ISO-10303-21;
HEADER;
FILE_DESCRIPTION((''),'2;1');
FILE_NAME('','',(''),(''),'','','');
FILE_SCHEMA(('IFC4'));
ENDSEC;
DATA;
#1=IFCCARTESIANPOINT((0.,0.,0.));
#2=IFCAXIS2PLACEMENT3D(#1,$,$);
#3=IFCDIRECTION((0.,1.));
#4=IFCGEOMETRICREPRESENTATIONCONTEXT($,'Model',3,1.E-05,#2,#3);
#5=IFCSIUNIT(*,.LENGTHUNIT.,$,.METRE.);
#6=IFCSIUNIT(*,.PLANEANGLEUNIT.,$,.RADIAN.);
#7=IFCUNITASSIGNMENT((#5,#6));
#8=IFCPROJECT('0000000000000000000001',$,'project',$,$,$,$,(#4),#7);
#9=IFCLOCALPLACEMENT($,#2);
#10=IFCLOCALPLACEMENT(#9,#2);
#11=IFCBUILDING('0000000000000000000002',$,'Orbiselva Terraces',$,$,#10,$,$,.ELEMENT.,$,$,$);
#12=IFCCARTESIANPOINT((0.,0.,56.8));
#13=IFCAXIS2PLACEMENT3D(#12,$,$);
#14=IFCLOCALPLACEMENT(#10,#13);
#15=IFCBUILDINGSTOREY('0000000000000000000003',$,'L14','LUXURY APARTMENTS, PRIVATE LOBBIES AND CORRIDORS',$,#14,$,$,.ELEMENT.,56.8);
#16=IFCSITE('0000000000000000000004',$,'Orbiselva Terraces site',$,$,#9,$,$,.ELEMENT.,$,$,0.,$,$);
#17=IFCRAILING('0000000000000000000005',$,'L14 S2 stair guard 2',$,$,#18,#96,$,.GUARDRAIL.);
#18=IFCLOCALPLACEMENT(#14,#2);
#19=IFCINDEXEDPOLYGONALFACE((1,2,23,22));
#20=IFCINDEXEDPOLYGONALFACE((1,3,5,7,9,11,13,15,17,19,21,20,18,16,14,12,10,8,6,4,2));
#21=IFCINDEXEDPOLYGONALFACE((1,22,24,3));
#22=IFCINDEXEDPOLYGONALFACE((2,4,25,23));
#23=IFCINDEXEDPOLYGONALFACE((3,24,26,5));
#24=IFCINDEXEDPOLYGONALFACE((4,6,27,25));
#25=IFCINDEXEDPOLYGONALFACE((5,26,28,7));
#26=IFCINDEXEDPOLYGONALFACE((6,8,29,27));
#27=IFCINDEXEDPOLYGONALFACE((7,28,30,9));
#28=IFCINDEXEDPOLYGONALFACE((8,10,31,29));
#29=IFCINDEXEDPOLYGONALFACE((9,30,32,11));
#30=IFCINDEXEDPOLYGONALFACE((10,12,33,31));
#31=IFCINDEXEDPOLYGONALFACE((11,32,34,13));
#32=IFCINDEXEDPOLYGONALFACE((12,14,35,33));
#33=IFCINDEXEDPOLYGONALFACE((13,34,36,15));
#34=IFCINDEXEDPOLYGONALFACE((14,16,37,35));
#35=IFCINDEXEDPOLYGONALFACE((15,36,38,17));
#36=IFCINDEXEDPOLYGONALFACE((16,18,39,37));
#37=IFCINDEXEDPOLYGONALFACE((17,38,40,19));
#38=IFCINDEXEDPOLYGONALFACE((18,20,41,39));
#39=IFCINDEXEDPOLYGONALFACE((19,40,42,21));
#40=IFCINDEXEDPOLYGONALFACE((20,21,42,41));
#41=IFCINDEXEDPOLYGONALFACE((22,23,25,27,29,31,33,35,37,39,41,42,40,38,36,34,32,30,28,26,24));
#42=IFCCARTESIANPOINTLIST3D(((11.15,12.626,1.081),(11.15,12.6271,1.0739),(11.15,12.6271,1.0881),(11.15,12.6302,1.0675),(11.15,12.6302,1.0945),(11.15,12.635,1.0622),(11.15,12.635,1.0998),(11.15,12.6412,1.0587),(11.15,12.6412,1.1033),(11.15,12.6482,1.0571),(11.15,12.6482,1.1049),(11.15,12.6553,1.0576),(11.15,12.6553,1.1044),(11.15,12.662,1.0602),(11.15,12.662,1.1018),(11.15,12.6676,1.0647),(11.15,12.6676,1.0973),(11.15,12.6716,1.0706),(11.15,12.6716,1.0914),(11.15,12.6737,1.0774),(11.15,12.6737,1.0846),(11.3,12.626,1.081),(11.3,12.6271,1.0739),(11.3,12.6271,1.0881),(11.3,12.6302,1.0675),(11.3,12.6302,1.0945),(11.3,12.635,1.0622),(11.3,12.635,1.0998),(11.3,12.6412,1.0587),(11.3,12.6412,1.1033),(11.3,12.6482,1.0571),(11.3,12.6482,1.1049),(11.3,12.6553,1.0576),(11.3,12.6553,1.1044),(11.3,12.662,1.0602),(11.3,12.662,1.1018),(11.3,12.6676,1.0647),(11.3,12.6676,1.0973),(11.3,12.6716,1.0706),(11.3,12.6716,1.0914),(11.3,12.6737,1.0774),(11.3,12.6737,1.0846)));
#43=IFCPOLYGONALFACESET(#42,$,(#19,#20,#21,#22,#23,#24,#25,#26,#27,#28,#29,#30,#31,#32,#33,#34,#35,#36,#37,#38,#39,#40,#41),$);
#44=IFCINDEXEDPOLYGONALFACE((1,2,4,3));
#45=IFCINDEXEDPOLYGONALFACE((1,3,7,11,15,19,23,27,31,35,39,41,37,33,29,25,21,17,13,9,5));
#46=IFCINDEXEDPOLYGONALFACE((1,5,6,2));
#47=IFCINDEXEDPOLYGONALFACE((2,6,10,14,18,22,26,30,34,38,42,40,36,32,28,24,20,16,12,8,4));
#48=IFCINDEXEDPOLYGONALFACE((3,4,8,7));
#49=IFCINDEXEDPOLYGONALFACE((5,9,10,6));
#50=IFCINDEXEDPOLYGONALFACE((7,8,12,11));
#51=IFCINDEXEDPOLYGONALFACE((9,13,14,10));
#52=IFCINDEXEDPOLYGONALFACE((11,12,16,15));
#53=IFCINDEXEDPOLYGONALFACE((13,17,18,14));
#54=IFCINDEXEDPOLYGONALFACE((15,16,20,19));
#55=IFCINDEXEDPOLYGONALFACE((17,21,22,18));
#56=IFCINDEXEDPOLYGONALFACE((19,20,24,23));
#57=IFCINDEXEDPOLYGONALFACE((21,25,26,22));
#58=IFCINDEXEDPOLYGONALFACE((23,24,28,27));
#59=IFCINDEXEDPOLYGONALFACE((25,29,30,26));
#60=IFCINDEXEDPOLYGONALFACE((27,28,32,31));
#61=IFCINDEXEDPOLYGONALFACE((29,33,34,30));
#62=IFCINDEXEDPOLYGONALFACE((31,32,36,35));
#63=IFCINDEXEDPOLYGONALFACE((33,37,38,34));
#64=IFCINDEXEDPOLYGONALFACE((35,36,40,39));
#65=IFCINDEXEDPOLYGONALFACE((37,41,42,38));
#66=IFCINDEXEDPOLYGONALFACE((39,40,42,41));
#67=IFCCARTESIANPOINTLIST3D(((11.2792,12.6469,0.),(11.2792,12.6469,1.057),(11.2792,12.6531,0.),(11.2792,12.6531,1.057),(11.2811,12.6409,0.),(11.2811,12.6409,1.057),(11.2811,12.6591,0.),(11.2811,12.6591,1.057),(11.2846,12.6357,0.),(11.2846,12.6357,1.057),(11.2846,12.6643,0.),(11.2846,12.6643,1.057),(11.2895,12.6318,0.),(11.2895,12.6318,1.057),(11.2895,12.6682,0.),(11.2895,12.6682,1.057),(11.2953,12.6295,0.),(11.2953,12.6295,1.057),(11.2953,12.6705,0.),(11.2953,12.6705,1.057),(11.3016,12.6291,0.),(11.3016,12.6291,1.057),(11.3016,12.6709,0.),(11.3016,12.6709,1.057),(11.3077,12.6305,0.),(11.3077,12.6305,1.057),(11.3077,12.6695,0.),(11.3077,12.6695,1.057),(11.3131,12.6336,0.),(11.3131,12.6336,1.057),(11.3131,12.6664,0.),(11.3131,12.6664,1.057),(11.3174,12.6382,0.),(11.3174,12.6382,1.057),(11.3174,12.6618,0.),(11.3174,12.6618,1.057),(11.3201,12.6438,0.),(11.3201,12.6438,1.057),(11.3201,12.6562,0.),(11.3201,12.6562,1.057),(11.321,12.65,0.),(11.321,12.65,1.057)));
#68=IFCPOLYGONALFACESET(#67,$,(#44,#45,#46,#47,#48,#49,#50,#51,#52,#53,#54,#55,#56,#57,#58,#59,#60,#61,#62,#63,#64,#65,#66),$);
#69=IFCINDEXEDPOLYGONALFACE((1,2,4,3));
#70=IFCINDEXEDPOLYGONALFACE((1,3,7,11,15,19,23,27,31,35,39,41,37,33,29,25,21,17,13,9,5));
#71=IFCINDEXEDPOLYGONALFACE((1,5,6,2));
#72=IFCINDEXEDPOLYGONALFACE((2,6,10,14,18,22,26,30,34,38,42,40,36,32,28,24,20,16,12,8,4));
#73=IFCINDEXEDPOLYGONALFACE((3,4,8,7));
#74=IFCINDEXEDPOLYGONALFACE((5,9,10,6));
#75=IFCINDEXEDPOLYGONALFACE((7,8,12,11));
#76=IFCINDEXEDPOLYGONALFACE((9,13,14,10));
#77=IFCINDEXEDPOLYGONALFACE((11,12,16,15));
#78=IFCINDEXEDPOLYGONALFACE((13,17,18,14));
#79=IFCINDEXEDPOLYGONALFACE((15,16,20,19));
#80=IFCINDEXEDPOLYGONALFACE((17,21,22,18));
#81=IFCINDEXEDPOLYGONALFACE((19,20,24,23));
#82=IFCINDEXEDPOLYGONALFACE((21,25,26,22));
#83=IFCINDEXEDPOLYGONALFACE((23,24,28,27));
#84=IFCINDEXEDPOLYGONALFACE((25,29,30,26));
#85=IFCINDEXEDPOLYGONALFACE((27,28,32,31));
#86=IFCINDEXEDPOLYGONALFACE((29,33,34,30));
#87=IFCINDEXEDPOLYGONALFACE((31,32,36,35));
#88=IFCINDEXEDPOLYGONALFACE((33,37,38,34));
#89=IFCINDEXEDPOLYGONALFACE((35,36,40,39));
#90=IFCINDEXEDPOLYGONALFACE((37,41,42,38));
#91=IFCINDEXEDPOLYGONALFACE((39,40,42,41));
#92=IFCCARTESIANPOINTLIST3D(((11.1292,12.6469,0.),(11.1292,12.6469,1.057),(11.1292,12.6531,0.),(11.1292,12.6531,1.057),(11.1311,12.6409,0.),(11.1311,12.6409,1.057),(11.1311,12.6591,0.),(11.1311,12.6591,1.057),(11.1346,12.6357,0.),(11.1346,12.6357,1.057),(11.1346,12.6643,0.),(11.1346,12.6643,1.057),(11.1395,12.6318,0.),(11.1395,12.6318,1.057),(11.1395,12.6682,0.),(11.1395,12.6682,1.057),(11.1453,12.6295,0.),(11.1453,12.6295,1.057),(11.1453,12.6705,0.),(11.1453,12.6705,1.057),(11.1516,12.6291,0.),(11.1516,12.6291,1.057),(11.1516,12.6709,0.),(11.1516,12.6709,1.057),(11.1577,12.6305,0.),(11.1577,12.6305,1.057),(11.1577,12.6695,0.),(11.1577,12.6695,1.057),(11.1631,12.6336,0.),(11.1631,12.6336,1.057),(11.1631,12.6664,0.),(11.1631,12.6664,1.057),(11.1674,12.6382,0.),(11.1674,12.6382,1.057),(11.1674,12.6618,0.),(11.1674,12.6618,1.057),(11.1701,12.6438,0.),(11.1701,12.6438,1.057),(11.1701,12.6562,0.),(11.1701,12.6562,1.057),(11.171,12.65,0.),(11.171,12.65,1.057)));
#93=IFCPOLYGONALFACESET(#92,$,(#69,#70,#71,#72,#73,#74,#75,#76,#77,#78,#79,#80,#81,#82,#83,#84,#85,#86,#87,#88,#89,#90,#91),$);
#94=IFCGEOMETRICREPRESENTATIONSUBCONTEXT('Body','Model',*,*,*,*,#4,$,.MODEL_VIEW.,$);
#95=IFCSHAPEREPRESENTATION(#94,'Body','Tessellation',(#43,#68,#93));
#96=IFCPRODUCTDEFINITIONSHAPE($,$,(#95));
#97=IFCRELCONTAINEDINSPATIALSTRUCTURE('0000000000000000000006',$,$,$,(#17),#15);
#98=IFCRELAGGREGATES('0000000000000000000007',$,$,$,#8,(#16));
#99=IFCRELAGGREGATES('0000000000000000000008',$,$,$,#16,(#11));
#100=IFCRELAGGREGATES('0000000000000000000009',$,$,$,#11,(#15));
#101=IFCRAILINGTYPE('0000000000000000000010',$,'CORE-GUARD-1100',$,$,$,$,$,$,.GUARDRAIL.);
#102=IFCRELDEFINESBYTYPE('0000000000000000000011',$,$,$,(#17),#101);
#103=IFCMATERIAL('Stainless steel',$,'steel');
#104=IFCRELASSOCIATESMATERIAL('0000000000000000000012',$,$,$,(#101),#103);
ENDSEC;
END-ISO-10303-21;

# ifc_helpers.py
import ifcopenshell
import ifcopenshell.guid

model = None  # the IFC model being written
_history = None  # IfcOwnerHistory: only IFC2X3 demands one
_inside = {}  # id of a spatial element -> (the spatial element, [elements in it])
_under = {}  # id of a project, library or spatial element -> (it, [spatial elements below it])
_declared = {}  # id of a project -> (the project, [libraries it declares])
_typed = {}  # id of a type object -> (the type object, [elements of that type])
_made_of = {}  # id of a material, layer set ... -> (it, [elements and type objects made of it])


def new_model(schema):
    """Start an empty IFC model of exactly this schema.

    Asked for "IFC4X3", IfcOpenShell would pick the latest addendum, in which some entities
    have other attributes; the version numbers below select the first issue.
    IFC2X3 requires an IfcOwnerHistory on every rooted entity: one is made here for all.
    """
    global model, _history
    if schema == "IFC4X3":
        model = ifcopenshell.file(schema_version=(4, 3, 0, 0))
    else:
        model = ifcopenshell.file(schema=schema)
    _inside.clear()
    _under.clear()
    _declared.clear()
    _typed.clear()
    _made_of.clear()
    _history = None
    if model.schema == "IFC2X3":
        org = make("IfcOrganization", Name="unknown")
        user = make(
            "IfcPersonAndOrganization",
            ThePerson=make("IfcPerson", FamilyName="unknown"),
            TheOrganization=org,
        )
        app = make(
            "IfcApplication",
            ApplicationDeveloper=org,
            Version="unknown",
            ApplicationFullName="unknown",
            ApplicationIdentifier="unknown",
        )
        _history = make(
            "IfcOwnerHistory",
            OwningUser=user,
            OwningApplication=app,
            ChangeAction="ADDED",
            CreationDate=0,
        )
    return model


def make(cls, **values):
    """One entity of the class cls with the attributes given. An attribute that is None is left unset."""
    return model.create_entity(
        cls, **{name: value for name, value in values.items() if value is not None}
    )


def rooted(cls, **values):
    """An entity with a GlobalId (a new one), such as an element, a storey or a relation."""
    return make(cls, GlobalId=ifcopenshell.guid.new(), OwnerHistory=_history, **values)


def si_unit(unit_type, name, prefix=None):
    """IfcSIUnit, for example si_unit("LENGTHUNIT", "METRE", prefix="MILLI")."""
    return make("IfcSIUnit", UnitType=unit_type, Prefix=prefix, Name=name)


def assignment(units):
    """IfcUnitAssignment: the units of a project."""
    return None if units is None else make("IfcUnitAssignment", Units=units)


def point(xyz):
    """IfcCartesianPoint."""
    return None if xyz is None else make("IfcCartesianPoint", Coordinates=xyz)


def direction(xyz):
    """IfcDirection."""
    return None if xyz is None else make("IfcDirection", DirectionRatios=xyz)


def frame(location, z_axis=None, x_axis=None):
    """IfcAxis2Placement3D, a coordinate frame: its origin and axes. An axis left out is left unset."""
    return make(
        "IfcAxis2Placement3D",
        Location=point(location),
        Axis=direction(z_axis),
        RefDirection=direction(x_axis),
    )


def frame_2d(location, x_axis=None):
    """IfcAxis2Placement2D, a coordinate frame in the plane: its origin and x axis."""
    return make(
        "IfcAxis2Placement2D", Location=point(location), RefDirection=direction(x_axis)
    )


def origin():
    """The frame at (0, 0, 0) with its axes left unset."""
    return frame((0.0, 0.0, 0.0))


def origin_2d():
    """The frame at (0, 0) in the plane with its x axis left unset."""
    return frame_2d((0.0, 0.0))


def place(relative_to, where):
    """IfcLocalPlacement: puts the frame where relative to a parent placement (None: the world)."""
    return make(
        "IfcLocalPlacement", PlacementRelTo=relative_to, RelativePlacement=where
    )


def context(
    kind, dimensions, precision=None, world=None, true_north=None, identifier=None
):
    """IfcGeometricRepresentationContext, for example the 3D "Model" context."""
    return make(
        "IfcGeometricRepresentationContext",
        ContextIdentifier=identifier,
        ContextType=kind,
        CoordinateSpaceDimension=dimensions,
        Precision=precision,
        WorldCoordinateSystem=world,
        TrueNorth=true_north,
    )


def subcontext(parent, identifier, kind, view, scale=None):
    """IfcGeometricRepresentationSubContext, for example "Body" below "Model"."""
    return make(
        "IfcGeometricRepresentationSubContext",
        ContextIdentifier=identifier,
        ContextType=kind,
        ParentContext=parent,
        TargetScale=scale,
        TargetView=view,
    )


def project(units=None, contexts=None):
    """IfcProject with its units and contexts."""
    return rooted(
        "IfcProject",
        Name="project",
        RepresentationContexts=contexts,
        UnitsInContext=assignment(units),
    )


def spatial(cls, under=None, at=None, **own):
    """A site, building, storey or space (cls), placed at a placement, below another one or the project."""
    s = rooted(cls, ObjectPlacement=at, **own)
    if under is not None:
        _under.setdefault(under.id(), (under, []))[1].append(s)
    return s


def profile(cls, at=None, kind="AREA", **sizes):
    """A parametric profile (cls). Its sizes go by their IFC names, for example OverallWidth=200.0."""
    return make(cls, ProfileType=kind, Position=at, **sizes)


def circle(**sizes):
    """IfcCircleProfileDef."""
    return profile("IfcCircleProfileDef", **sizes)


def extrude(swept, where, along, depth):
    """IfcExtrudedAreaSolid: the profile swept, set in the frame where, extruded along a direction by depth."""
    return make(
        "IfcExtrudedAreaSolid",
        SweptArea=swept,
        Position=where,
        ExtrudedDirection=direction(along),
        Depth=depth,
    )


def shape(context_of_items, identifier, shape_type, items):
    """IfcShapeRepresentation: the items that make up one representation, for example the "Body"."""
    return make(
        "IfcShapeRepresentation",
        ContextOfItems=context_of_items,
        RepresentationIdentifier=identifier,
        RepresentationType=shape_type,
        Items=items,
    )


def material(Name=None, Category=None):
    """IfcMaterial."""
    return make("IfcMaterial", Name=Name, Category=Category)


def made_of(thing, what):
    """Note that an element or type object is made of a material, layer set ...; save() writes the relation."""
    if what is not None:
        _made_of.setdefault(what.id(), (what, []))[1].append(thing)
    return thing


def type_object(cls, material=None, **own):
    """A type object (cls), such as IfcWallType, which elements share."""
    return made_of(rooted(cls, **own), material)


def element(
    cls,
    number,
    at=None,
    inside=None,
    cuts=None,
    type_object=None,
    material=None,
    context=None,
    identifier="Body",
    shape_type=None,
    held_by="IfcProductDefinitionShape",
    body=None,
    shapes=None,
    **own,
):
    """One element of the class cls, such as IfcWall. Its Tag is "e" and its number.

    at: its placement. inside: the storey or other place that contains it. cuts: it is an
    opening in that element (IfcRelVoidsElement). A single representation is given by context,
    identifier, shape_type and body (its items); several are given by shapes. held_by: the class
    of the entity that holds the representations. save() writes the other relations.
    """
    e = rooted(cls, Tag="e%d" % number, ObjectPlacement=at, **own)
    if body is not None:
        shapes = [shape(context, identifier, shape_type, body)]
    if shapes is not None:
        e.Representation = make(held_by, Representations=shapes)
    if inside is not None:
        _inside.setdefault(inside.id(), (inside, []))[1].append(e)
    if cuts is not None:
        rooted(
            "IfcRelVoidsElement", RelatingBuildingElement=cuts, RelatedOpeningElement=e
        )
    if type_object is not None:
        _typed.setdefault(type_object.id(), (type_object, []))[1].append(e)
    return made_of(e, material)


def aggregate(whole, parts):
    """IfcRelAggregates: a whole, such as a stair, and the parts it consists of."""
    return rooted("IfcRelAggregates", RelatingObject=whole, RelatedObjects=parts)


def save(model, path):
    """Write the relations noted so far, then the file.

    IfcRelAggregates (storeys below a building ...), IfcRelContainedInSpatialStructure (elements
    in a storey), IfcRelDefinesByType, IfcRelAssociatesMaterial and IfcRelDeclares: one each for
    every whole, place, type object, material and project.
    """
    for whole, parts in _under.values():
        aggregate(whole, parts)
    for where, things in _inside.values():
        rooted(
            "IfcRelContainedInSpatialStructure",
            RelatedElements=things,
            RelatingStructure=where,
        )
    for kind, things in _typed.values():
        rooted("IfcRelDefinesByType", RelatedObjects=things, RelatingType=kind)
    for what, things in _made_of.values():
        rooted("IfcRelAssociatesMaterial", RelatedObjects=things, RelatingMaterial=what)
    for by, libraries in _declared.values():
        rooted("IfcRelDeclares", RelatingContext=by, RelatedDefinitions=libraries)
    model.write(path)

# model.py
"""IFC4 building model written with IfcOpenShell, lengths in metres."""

from ifc_helpers import new_model, si_unit, direction, frame, origin, origin_2d, place, context, subcontext, project, spatial, circle, extrude, material, type_object, element, save


model = new_model("IFC4")

# Units and contexts
model_context = context("Model", 3, precision=1e-05, world=origin(), true_north=direction((0.0, 1.0)))
body_context = subcontext(model_context, "Body", "Model", "MODEL_VIEW")
ifc_project = project(units=[si_unit("LENGTHUNIT", "METRE"), si_unit("PLANEANGLEUNIT", "RADIAN")], contexts=[model_context])

# Site, building, storey
site_placement = place(None, origin())
site = spatial("IfcSite", under=ifc_project, at=site_placement, Name="Orbiselva Terraces site", CompositionType="ELEMENT", RefElevation=0.0)
building_placement = place(site_placement, origin())
building = spatial("IfcBuilding", under=site, at=building_placement, Name="Orbiselva Terraces", CompositionType="ELEMENT")
storey_placement = place(building_placement, frame((0.0, 0.0, 56.8)))
storey = spatial("IfcBuildingStorey", under=building, at=storey_placement, Name="L14", Description="LUXURY APARTMENTS, PRIVATE LOBBIES AND CORRIDORS", CompositionType="ELEMENT", Elevation=56.8)

# Railing
ifc_material_1 = material(Name="Stainless steel", Category="steel")
railing_type_1 = type_object("IfcRailingType", Name="CORE-GUARD-1100", PredefinedType="GUARDRAIL", material=ifc_material_1)
railing_1_placement = place(storey_placement, frame((11.3, 12.65, 0.0)))
element("IfcRailing", 1, at=railing_1_placement, inside=storey, type_object=railing_type_1, Name="L14 S2 stair guard 2", PredefinedType="GUARDRAIL", context=body_context, shape_type="SweptSolid", body=[
    extrude(circle(Radius=0.024, at=origin_2d()), frame((0.0, 0.0, 1.081), z_axis=(-1.0, 0.0, 0.0), x_axis=(0.0, -1.0, 0.0)), (0.0, 0.0, 1.0), 0.15),
    extrude(circle(Radius=0.021, at=origin_2d()), origin(), (0.0, 0.0, 1.0), 1.057),
    extrude(circle(Radius=0.021, at=origin_2d()), frame((-0.15, 0.0, 0.0)), (0.0, 0.0, 1.0), 1.057),
])

save(model, "model.ifc")
